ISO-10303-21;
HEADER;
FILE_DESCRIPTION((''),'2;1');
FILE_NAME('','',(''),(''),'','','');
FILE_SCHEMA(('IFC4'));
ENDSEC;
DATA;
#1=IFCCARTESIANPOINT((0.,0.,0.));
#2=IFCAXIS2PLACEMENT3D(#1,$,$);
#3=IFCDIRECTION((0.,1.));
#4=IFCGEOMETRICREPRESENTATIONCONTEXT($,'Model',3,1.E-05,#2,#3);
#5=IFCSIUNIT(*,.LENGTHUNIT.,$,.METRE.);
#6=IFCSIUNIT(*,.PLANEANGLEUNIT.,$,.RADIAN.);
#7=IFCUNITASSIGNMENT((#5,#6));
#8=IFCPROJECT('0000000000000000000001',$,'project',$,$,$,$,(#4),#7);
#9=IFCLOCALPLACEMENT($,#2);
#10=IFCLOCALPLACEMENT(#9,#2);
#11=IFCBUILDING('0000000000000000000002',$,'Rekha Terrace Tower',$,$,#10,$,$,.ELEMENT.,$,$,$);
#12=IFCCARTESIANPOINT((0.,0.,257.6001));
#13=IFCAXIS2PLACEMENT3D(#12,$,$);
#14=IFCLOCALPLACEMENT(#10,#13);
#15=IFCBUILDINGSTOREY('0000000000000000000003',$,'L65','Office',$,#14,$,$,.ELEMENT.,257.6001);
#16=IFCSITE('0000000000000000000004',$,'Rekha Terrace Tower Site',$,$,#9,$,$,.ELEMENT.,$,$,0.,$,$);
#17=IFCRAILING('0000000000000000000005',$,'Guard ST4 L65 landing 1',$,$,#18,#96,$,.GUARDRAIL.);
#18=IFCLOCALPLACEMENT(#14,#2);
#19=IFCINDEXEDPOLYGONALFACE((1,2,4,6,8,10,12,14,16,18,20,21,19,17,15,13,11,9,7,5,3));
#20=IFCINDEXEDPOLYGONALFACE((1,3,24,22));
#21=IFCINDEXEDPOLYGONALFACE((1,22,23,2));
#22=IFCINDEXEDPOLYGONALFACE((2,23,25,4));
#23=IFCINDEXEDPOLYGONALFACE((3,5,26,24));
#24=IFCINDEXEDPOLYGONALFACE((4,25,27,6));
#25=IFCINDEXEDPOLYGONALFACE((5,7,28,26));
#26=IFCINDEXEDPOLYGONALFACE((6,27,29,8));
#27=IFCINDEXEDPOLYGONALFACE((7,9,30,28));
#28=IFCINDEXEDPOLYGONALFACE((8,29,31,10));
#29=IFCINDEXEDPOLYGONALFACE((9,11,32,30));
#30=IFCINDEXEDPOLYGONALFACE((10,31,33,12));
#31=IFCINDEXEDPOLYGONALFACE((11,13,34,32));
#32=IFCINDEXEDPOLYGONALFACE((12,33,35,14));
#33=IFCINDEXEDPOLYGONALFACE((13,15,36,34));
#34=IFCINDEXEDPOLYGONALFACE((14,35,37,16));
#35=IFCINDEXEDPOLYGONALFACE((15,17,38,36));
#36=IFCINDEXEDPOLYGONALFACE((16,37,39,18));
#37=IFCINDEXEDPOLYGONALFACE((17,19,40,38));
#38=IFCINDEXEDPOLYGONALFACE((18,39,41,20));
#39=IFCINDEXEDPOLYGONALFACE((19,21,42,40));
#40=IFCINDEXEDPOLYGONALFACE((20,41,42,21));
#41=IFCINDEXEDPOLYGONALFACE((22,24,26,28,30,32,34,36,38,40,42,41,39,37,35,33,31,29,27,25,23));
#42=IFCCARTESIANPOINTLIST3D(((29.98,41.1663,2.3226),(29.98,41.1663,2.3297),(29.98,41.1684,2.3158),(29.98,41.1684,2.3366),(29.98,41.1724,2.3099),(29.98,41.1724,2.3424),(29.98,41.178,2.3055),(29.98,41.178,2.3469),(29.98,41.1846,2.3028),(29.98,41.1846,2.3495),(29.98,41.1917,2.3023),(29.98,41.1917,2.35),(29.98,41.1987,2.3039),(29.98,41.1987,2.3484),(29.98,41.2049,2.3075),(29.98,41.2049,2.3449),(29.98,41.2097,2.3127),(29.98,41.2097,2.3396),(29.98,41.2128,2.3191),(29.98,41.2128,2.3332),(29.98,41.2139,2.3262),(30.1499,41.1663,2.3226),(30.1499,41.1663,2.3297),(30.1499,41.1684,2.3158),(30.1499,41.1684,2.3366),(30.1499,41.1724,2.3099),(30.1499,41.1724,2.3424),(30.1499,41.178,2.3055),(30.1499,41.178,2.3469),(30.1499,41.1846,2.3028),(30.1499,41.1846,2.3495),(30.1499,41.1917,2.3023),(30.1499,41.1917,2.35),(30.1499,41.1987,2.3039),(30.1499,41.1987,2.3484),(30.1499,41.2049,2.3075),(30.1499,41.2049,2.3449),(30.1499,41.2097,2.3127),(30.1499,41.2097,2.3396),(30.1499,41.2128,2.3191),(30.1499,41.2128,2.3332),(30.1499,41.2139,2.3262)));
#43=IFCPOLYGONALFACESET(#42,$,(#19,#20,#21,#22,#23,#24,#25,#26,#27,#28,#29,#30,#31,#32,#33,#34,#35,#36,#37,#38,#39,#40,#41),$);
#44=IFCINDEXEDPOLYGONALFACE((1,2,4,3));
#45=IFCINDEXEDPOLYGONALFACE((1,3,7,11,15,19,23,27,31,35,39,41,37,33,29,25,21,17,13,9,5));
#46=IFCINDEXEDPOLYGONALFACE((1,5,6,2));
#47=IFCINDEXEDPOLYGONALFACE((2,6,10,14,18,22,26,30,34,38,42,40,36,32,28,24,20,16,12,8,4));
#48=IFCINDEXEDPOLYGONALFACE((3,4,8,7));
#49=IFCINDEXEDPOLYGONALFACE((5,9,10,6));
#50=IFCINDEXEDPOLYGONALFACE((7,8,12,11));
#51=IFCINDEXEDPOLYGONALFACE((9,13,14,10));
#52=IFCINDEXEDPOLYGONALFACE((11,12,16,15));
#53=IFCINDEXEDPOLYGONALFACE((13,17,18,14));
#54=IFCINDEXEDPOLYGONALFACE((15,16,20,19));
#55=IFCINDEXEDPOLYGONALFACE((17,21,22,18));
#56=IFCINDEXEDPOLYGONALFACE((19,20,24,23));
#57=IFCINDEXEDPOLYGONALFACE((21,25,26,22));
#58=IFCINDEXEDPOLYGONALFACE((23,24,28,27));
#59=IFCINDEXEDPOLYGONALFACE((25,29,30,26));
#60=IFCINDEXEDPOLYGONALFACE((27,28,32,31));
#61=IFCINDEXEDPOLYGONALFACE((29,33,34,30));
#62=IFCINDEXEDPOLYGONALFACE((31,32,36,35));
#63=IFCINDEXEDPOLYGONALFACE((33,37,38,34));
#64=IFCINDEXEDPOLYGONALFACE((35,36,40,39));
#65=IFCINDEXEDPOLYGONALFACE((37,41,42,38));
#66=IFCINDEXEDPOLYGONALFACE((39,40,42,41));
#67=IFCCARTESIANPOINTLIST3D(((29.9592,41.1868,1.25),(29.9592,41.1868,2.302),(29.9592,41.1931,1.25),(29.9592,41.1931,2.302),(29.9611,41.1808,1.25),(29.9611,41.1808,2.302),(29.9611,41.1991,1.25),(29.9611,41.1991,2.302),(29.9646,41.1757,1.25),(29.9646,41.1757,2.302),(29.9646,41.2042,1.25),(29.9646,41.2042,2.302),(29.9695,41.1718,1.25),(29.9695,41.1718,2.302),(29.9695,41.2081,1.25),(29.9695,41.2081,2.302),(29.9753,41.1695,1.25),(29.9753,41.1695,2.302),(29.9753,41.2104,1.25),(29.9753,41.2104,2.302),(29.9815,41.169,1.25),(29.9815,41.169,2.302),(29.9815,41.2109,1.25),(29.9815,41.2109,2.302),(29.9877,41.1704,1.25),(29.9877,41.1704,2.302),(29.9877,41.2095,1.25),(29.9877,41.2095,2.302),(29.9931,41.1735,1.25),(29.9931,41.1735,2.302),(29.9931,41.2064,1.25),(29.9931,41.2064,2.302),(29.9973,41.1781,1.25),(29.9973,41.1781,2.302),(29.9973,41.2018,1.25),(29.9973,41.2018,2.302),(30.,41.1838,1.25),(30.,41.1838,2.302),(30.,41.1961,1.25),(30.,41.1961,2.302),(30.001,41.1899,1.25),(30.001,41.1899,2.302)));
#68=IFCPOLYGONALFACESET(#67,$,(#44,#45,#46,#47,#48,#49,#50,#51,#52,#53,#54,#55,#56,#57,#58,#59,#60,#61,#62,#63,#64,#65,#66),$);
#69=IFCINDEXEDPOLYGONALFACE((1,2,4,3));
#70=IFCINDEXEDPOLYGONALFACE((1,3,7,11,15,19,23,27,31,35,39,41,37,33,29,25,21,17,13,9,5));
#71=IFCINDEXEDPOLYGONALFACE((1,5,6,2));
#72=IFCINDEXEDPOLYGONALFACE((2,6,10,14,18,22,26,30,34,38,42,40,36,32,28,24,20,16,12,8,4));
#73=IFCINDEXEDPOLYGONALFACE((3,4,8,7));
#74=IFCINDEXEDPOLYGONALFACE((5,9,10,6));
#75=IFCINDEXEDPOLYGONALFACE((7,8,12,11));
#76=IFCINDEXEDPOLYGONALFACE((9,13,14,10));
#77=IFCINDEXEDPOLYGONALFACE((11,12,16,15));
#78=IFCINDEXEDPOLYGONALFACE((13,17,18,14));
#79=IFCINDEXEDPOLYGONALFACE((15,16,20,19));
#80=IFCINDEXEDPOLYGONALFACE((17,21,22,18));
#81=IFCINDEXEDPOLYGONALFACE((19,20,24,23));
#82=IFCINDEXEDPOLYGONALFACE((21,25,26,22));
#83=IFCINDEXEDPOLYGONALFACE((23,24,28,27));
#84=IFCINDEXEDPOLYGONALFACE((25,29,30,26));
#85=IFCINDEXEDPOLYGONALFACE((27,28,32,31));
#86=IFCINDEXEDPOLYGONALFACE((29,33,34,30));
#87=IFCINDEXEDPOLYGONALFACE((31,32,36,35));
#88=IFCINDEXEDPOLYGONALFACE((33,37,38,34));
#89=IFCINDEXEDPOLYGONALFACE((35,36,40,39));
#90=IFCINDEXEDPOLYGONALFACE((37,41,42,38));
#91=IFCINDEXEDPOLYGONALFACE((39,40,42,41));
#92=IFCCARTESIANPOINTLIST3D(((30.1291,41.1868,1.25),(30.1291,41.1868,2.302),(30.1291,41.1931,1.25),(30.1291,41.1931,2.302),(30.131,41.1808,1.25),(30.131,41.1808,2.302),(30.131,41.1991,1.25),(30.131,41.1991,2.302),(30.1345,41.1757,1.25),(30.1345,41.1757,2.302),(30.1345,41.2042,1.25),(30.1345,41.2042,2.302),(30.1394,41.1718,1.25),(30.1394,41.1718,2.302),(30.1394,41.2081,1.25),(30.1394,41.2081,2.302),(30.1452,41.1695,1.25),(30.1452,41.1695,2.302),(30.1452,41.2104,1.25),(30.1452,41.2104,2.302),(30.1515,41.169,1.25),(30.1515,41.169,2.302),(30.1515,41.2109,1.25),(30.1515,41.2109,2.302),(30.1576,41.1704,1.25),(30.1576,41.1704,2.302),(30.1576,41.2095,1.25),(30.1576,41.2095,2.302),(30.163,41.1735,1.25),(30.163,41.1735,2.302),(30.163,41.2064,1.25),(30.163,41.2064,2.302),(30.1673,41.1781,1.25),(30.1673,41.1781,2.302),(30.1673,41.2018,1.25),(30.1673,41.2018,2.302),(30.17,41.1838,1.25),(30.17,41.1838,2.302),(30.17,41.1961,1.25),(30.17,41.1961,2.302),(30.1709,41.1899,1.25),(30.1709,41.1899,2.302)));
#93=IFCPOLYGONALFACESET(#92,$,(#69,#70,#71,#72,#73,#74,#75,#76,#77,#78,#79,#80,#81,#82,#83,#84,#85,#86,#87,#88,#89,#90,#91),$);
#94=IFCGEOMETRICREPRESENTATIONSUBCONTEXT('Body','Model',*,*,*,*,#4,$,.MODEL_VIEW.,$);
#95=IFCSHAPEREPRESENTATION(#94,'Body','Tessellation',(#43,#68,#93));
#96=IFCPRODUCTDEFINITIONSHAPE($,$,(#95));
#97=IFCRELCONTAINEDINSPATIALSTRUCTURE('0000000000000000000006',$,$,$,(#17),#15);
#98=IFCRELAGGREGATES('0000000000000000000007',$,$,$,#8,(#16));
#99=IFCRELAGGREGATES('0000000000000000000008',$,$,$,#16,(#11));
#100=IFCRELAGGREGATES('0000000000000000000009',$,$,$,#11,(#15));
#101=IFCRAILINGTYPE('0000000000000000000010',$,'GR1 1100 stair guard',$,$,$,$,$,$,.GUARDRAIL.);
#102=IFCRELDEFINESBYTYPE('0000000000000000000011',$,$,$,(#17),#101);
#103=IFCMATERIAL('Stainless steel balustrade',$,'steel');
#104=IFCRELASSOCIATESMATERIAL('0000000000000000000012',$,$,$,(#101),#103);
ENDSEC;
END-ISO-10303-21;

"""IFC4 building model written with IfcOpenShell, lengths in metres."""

from ifc_helpers import new_model, si_unit, direction, frame, origin, origin_2d, place, context, subcontext, project, spatial, circle, extrude, material, type_object, element, save


model = new_model("IFC4")

# Units and contexts
model_context = context("Model", 3, precision=1e-05, world=origin(), true_north=direction((0.0, 1.0)))
body_context = subcontext(model_context, "Body", "Model", "MODEL_VIEW")
ifc_project = project(units=[si_unit("LENGTHUNIT", "METRE"), si_unit("PLANEANGLEUNIT", "RADIAN")], contexts=[model_context])

# Site, building, storey
site_placement = place(None, origin())
site = spatial("IfcSite", under=ifc_project, at=site_placement, Name="Rekha Terrace Tower Site", CompositionType="ELEMENT", RefElevation=0.0)
building_placement = place(site_placement, origin())
building = spatial("IfcBuilding", under=site, at=building_placement, Name="Rekha Terrace Tower", CompositionType="ELEMENT")
storey_placement = place(building_placement, frame((0.0, 0.0, 257.6001)))
storey = spatial("IfcBuildingStorey", under=building, at=storey_placement, Name="L65", Description="Office", CompositionType="ELEMENT", Elevation=257.6001)

# Railing
ifc_material_1 = material(Name="Stainless steel balustrade", Category="steel")
railing_type_1 = type_object("IfcRailingType", Name="GR1 1100 stair guard", PredefinedType="GUARDRAIL", material=ifc_material_1)
railing_1_placement = place(storey_placement, frame((29.98, 41.1899, 1.25)))
element("IfcRailing", 1, at=railing_1_placement, inside=storey, type_object=railing_type_1, Name="Guard ST4 L65 landing 1", PredefinedType="GUARDRAIL", context=body_context, shape_type="SweptSolid", body=[
    extrude(circle(Radius=0.0239, at=origin_2d()), frame((0.0, 0.0, 1.0762), z_axis=(1.0, 0.0, 0.0), x_axis=(0.0, 1.0, 0.0)), (0.0, 0.0, 1.0), 0.1699),
    extrude(circle(Radius=0.021, at=origin_2d()), origin(), (0.0, 0.0, 1.0), 1.052),
    extrude(circle(Radius=0.021, at=origin_2d()), frame((0.1699, 0.0, 0.0)), (0.0, 0.0, 1.0), 1.052),
])

save(model, "model.ifc")
